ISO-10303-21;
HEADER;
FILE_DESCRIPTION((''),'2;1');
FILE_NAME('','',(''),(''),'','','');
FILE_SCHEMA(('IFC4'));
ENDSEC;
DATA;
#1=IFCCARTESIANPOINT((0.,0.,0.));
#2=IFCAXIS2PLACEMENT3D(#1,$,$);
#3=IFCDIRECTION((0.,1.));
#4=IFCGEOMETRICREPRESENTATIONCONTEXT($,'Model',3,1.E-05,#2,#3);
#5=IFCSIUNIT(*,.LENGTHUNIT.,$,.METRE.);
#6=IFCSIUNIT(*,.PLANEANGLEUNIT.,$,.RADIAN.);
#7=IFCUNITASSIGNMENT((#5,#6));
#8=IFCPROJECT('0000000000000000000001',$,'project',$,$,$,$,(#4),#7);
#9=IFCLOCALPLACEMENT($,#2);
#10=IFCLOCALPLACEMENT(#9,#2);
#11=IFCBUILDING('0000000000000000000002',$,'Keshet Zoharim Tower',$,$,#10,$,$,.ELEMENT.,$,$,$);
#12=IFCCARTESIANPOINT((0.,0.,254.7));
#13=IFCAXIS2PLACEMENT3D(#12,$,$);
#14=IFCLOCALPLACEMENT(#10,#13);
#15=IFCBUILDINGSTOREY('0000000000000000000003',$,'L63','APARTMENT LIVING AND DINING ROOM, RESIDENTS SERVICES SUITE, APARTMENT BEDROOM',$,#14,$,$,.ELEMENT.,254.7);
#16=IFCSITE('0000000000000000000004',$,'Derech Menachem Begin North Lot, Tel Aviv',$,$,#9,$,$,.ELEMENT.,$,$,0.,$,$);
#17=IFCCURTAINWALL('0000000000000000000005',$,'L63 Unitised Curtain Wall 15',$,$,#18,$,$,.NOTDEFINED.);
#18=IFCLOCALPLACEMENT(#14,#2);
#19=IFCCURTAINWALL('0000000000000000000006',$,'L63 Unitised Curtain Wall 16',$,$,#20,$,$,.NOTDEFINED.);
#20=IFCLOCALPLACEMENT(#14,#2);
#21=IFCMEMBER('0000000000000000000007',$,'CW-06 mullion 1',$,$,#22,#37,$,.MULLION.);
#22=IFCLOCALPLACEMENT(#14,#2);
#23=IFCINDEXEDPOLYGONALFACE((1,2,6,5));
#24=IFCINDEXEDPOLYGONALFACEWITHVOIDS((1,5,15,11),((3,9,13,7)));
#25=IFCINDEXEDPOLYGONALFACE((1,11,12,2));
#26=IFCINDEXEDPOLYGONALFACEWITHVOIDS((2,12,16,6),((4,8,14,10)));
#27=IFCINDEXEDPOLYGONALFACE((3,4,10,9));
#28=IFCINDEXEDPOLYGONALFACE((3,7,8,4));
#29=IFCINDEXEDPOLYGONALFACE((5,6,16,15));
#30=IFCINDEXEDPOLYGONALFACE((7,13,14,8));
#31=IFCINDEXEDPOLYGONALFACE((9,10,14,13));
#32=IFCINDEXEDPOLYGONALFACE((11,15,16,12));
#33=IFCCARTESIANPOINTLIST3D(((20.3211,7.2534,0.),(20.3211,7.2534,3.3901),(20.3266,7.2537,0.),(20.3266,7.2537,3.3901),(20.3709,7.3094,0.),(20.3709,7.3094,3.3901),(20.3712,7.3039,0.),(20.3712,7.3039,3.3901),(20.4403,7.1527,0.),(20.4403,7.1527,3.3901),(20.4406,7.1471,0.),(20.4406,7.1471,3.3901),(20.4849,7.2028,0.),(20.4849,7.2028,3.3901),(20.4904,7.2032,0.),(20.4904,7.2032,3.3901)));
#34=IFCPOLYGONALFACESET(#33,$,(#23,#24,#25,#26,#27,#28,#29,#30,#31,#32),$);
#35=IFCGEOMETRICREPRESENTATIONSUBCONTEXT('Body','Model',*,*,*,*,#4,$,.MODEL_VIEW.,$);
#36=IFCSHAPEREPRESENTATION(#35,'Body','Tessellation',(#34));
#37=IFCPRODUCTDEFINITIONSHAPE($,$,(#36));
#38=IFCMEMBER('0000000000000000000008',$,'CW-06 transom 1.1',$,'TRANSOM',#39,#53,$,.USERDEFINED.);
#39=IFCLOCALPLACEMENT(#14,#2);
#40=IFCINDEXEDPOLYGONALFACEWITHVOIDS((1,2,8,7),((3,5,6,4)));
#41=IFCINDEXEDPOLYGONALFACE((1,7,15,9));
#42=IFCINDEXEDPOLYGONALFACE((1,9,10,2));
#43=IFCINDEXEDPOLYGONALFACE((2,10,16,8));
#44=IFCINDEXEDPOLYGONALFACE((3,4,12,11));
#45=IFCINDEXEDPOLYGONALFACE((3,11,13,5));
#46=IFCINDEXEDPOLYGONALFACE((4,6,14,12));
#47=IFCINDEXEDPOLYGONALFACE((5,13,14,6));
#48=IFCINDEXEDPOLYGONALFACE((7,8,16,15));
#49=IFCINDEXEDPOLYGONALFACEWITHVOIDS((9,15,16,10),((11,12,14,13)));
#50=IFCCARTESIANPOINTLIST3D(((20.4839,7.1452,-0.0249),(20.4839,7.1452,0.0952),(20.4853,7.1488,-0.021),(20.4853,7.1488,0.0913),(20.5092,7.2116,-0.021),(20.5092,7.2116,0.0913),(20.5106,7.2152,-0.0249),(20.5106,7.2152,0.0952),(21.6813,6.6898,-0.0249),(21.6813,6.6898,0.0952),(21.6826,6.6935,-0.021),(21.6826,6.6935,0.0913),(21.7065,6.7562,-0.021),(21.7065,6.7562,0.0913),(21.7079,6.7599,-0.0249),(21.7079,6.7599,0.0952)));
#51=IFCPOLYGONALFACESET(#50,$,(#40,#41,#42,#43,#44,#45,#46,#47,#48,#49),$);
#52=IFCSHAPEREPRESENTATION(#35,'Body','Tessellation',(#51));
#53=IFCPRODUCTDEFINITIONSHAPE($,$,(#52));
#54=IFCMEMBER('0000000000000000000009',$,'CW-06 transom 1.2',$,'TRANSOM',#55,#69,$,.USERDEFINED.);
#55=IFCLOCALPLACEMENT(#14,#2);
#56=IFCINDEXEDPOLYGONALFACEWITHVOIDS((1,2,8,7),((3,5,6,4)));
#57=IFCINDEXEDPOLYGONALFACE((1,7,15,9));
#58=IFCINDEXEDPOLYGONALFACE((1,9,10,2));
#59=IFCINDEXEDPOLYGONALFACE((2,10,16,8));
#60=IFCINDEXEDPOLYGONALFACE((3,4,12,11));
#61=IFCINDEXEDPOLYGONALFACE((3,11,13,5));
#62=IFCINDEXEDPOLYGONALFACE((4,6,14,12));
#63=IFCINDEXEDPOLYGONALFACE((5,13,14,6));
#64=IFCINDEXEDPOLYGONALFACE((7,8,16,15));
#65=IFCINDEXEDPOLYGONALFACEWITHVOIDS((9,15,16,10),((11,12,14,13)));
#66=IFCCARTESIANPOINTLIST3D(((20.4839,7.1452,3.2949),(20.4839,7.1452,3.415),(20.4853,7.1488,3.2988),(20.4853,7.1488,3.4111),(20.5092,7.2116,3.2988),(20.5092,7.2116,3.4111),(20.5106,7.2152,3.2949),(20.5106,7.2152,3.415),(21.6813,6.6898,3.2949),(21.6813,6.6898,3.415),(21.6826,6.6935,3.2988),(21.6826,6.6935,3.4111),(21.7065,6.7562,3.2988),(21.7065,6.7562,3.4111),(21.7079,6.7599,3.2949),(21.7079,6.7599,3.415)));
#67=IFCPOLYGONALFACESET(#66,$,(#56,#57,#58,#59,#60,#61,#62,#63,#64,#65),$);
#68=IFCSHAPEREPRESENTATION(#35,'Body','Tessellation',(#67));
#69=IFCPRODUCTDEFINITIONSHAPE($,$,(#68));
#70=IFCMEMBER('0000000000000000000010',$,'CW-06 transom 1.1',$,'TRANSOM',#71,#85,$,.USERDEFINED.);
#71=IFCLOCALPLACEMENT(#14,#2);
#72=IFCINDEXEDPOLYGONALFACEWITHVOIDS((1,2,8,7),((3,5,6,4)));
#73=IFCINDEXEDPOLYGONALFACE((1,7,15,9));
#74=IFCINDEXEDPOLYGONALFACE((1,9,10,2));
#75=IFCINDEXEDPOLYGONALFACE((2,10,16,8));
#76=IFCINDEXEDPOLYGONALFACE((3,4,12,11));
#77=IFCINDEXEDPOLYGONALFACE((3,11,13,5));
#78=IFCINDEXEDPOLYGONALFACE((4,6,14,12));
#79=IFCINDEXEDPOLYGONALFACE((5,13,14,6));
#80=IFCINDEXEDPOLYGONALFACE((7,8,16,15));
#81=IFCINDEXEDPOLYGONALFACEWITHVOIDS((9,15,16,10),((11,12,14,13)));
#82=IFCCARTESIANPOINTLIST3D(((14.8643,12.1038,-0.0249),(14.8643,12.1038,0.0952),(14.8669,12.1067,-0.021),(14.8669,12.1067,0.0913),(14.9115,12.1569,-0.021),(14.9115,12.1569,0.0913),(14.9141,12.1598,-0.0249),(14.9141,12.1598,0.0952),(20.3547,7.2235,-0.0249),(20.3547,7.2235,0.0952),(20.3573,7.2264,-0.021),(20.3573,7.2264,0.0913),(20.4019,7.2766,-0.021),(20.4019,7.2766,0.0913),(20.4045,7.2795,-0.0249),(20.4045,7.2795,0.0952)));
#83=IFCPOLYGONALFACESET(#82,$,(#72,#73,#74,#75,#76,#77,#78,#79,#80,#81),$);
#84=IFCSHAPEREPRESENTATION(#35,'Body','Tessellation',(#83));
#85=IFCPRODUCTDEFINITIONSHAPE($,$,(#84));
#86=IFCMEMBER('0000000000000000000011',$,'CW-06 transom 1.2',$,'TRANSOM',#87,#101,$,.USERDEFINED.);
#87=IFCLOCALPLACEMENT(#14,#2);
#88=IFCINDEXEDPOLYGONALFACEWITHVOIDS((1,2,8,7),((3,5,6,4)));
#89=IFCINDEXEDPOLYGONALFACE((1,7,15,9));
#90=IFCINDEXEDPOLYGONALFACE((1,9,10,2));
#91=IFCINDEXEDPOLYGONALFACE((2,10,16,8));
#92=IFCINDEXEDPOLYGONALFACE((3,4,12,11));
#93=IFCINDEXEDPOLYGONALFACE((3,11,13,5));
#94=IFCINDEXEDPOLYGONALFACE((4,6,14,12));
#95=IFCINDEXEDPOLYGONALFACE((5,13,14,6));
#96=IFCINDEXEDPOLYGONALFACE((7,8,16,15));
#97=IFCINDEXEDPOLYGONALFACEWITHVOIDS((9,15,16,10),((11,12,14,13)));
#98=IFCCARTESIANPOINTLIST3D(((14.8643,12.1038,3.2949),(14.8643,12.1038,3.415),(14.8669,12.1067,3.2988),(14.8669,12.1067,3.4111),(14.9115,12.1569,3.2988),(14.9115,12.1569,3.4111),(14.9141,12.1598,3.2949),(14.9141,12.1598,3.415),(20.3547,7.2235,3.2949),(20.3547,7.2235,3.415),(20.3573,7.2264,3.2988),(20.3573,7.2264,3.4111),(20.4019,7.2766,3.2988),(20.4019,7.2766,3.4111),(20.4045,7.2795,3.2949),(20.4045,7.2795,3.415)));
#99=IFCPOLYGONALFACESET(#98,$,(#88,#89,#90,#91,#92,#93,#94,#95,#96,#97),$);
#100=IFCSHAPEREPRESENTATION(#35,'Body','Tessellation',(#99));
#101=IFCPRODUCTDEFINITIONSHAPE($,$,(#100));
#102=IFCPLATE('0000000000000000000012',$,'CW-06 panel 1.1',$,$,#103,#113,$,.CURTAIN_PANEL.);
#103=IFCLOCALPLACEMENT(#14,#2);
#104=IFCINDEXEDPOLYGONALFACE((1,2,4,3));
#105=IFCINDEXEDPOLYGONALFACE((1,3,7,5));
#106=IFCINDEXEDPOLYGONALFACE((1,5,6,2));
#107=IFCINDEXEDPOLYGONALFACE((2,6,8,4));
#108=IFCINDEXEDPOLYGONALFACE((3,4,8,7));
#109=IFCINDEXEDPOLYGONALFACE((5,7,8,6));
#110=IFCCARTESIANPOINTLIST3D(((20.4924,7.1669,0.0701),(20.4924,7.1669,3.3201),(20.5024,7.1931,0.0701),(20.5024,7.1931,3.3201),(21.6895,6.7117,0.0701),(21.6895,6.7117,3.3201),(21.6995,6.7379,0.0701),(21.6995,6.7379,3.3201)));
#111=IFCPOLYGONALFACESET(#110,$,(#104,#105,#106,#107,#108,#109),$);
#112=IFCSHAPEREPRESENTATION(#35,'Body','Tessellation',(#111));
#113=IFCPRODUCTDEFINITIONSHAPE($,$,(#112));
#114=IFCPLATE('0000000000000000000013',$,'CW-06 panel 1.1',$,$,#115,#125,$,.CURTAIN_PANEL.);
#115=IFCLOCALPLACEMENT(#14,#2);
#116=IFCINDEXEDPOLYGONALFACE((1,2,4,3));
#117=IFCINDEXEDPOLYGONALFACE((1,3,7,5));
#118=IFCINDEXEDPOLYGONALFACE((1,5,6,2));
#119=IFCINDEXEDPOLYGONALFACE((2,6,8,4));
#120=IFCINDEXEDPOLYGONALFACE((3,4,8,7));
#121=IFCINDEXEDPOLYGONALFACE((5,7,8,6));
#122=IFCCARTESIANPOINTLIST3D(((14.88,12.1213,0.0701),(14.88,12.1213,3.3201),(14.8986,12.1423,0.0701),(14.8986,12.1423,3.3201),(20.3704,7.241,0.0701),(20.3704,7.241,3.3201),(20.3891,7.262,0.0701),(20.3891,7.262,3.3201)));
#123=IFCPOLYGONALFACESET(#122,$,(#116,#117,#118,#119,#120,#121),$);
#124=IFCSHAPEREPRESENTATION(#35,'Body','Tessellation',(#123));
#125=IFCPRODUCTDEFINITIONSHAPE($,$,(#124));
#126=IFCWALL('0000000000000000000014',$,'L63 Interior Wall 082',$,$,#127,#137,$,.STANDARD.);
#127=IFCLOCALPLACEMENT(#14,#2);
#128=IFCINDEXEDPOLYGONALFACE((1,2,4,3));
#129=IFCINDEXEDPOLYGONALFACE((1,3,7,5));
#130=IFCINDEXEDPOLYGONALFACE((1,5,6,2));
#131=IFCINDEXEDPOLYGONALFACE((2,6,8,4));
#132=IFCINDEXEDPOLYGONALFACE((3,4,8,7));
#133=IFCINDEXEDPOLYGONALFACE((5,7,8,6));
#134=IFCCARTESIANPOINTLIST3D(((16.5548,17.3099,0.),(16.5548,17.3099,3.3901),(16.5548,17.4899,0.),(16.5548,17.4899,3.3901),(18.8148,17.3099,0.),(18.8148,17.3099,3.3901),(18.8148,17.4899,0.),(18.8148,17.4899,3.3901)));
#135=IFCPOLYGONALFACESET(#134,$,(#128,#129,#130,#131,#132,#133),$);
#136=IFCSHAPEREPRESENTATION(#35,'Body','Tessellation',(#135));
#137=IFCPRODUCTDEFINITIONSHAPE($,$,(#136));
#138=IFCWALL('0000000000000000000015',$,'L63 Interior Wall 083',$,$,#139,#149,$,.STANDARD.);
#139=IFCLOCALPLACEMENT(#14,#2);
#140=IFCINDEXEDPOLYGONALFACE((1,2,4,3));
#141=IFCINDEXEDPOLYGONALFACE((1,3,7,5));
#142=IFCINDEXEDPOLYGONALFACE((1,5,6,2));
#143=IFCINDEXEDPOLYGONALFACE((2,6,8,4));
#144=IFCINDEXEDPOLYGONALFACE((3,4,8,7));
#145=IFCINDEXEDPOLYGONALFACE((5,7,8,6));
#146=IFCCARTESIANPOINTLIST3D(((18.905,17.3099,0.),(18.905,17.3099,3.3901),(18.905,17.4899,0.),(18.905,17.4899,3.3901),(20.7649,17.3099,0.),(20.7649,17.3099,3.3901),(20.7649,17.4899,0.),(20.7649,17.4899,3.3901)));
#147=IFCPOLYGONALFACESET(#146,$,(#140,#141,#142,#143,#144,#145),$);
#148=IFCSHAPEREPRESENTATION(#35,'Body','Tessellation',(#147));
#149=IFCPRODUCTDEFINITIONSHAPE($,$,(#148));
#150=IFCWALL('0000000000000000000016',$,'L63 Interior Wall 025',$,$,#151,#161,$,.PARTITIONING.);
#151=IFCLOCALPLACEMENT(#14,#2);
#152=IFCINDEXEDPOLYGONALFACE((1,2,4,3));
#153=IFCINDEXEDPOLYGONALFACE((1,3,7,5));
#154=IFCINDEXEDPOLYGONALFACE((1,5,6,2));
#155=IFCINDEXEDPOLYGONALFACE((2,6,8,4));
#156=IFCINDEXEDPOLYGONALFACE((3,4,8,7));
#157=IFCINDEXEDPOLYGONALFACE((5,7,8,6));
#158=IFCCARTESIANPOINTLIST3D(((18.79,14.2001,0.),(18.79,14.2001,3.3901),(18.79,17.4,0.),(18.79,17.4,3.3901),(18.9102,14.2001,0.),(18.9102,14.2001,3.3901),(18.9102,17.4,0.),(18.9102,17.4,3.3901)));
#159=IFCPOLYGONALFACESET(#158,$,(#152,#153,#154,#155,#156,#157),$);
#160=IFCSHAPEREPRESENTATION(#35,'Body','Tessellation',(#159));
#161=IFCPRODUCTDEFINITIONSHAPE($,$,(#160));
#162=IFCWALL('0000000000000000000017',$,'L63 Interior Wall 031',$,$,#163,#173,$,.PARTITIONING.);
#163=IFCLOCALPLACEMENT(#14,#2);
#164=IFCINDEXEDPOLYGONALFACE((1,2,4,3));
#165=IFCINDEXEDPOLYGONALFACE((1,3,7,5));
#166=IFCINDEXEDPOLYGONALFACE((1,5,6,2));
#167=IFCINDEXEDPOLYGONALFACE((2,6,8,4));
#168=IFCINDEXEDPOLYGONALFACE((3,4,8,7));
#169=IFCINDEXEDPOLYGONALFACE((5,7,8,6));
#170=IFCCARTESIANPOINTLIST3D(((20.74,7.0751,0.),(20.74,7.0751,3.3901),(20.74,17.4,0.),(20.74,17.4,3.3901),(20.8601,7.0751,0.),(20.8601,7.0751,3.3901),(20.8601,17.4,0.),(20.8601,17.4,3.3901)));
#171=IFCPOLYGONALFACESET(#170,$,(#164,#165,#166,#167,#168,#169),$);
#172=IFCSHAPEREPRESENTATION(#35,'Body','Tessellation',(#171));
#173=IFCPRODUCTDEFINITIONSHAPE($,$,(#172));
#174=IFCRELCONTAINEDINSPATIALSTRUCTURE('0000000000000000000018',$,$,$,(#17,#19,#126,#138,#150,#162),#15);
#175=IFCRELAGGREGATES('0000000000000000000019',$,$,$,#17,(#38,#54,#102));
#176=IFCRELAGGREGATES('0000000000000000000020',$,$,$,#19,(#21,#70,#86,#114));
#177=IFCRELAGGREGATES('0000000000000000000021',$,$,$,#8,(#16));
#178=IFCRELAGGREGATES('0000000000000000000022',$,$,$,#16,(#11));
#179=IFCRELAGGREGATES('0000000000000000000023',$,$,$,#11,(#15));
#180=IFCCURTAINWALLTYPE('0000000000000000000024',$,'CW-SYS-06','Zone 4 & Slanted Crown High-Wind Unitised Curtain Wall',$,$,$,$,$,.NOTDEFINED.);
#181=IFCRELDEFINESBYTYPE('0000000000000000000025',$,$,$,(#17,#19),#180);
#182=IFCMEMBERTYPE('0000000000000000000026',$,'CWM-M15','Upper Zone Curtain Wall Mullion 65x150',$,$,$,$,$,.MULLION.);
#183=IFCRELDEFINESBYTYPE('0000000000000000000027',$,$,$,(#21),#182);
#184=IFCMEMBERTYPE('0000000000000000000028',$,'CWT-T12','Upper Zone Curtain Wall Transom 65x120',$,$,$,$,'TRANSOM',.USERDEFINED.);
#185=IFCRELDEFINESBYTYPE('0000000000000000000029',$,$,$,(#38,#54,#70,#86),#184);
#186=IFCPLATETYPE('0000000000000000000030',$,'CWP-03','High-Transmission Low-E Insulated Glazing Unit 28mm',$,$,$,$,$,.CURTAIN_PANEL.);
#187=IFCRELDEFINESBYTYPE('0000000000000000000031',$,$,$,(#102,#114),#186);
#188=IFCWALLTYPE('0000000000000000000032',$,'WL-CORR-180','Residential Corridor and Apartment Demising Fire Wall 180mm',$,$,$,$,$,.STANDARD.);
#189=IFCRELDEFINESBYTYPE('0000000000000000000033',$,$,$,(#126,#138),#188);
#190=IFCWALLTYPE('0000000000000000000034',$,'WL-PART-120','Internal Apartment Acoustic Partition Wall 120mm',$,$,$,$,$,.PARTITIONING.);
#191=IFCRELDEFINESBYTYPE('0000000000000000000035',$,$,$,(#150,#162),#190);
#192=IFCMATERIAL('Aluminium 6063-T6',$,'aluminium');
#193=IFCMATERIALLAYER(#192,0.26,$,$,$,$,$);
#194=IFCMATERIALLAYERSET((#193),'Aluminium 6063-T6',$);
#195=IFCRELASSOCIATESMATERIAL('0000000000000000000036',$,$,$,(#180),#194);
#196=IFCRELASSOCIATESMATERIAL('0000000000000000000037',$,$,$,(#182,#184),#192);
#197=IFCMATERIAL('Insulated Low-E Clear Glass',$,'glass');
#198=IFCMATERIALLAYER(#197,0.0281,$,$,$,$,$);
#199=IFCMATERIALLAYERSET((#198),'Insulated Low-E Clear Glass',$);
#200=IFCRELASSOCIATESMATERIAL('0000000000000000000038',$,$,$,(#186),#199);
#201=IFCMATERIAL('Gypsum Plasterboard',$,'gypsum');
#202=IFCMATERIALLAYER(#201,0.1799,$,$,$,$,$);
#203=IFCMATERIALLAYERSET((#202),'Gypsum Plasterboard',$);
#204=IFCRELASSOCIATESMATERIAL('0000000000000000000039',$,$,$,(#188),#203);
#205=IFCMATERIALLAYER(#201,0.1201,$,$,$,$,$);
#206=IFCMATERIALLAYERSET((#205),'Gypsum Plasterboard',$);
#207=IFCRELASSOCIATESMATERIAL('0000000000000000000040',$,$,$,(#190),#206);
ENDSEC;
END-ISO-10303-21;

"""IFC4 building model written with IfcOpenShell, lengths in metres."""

from ifc_helpers import new_model, si_unit, direction, frame, frame_2d, origin, origin_2d, place, context, subcontext, project, spatial, rectangle, hollow_rectangle, extrude, material, layer, layer_set, material_profile, profile_set, type_object, element, aggregate, save


model = new_model("IFC4")

# Units and contexts
model_context = context("Model", 3, precision=1e-05, world=origin(), true_north=direction((0.0, 1.0)))
body_context = subcontext(model_context, "Body", "Model", "MODEL_VIEW")
ifc_project = project(units=[si_unit("LENGTHUNIT", "METRE"), si_unit("PLANEANGLEUNIT", "RADIAN")], contexts=[model_context])

# Site, building, storey
site_placement = place(None, origin())
site = spatial("IfcSite", under=ifc_project, at=site_placement, Name="Derech Menachem Begin North Lot, Tel Aviv", CompositionType="ELEMENT", RefElevation=0.0)
building_placement = place(site_placement, origin())
building = spatial("IfcBuilding", under=site, at=building_placement, Name="Keshet Zoharim Tower", CompositionType="ELEMENT")
storey_placement = place(building_placement, frame((0.0, 0.0, 254.7)))
storey = spatial("IfcBuildingStorey", under=building, at=storey_placement, Name="L63", Description="APARTMENT LIVING AND DINING ROOM, RESIDENTS SERVICES SUITE, APARTMENT BEDROOM", CompositionType="ELEMENT", Elevation=254.7)

# Curtain wall
ifc_material_1 = material(Name="Aluminium 6063-T6", Category="aluminium")
ifc_layer_1 = layer(ifc_material_1, 0.26)
ifc_layer_set_1 = layer_set([ifc_layer_1], Name="Aluminium 6063-T6")
curtain_wall_type = type_object("IfcCurtainWallType", Name="CW-SYS-06", Description="Zone 4 & Slanted Crown High-Wind Unitised Curtain Wall", PredefinedType="NOTDEFINED", material=ifc_layer_set_1)
curtain_wall_1_placement = place(storey_placement, origin())
curtain_wall_1 = element("IfcCurtainWall", 1, at=curtain_wall_1_placement, inside=storey, type_object=curtain_wall_type, Name="L63 Unitised Curtain Wall 15", PredefinedType="NOTDEFINED")
ifc_material_profile_1 = material_profile(ifc_material_1, hollow_rectangle(XDim=0.075, YDim=0.1599, WallThickness=0.0039, at=origin_2d()), Name="MUL-75x160")
ifc_profile_set_1 = profile_set([ifc_material_profile_1], Name="Aluminium 6063-T6")
member_type_1 = type_object("IfcMemberType", Name="CWM-M15", Description="Upper Zone Curtain Wall Mullion 65x150", PredefinedType="MULLION", material=ifc_profile_set_1)

# Curtain wall, member
curtain_wall_2_placement = place(storey_placement, origin())
curtain_wall_2 = element("IfcCurtainWall", 2, at=curtain_wall_2_placement, inside=storey, type_object=curtain_wall_type, Name="L63 Unitised Curtain Wall 16", PredefinedType="NOTDEFINED")
member_1_placement = place(storey_placement, frame((20.4058, 7.2283, 0.0), z_axis=(0.0, 0.0, 1.0), x_axis=(-0.664362, -0.747411, 0.0)))
member_1 = element("IfcMember", 3, at=member_1_placement, type_object=member_type_1, Name="CW-06 mullion 1", PredefinedType="MULLION", context=body_context, shape_type="SweptSolid", body=[
    extrude(hollow_rectangle(XDim=0.075, YDim=0.1599, WallThickness=0.0039, at=origin_2d()), origin(), (0.0, 0.0, 1.0), 3.3901),
])

# Members
ifc_material_profile_2 = material_profile(ifc_material_1, hollow_rectangle(XDim=0.075, YDim=0.1201, WallThickness=0.0039, at=origin_2d()), Name="TRN-75x120")
ifc_profile_set_2 = profile_set([ifc_material_profile_2], Name="Aluminium 6063-T6")
member_type_2 = type_object("IfcMemberType", Name="CWT-T12", Description="Upper Zone Curtain Wall Transom 65x120", ElementType="TRANSOM", PredefinedType="USERDEFINED", material=ifc_profile_set_2)
member_2_placement = place(storey_placement, frame((21.6946, 6.7249, 0.0352), z_axis=(-0.93469, 0.355464, 0.0), x_axis=(-0.355464, -0.93469, 0.0)))
member_2 = element("IfcMember", 4, at=member_2_placement, type_object=member_type_2, Name="CW-06 transom 1.1", ObjectType="TRANSOM", PredefinedType="USERDEFINED", context=body_context, shape_type="SweptSolid", body=[
    extrude(hollow_rectangle(XDim=0.075, YDim=0.1201, WallThickness=0.0039, at=origin_2d()), origin(), (0.0, 0.0, 1.0), 1.281),
])
member_3_placement = place(storey_placement, frame((21.6946, 6.7249, 3.355), z_axis=(-0.93469, 0.355464, 0.0), x_axis=(-0.355464, -0.93469, 0.0)))
member_3 = element("IfcMember", 5, at=member_3_placement, type_object=member_type_2, Name="CW-06 transom 1.2", ObjectType="TRANSOM", PredefinedType="USERDEFINED", context=body_context, shape_type="SweptSolid", body=[
    extrude(hollow_rectangle(XDim=0.075, YDim=0.1201, WallThickness=0.0039, at=origin_2d()), origin(), (0.0, 0.0, 1.0), 1.281),
])
member_4_placement = place(storey_placement, frame((20.3796, 7.2515, 0.0352), z_axis=(-0.747413, 0.66436, 0.0), x_axis=(-0.66436, -0.747413, 0.0)))
member_4 = element("IfcMember", 6, at=member_4_placement, type_object=member_type_2, Name="CW-06 transom 1.1", ObjectType="TRANSOM", PredefinedType="USERDEFINED", context=body_context, shape_type="SweptSolid", body=[
    extrude(hollow_rectangle(XDim=0.075, YDim=0.1201, WallThickness=0.0039, at=origin_2d()), origin(), (0.0, 0.0, 1.0), 7.3459),
])
member_5_placement = place(storey_placement, frame((20.3796, 7.2515, 3.355), z_axis=(-0.747413, 0.66436, 0.0), x_axis=(-0.66436, -0.747413, 0.0)))
member_5 = element("IfcMember", 7, at=member_5_placement, type_object=member_type_2, Name="CW-06 transom 1.2", ObjectType="TRANSOM", PredefinedType="USERDEFINED", context=body_context, shape_type="SweptSolid", body=[
    extrude(hollow_rectangle(XDim=0.075, YDim=0.1201, WallThickness=0.0039, at=origin_2d()), origin(), (0.0, 0.0, 1.0), 7.3459),
])

# Plates
ifc_material_2 = material(Name="Insulated Low-E Clear Glass", Category="glass")
ifc_layer_2 = layer(ifc_material_2, 0.0281)
ifc_layer_set_2 = layer_set([ifc_layer_2], Name="Insulated Low-E Clear Glass")
plate_type = type_object("IfcPlateType", Name="CWP-03", Description="High-Transmission Low-E Insulated Glazing Unit 28mm", PredefinedType="CURTAIN_PANEL", material=ifc_layer_set_2)
plate_1_placement = place(storey_placement, frame((21.0959, 6.9524, 0.0701), z_axis=(0.0, 0.0, 1.0), x_axis=(-0.934699, 0.355439, 0.0)))
plate_1 = element("IfcPlate", 8, at=plate_1_placement, type_object=plate_type, Name="CW-06 panel 1.1", PredefinedType="CURTAIN_PANEL", context=body_context, shape_type="SweptSolid", body=[
    extrude(rectangle(XDim=1.2808, YDim=0.0281, at=origin_2d()), origin(), (0.0, 0.0, 1.0), 3.25),
])
aggregate(curtain_wall_1, [member_2, member_3, plate_1])
plate_2_placement = place(storey_placement, frame((17.6345, 9.6917, 0.0701), z_axis=(0.0, 0.0, 1.0), x_axis=(-0.747411, 0.664362, 0.0)))
plate_2 = element("IfcPlate", 9, at=plate_2_placement, type_object=plate_type, Name="CW-06 panel 1.1", PredefinedType="CURTAIN_PANEL", context=body_context, shape_type="SweptSolid", body=[
    extrude(rectangle(XDim=7.3459, YDim=0.0281, at=origin_2d()), origin(), (0.0, 0.0, 1.0), 3.25),
])
aggregate(curtain_wall_2, [member_1, member_4, member_5, plate_2])

# Walls
ifc_material_3 = material(Name="Gypsum Plasterboard", Category="gypsum")
ifc_layer_3 = layer(ifc_material_3, 0.1799)
ifc_layer_set_3 = layer_set([ifc_layer_3], Name="Gypsum Plasterboard")
wall_type_1 = type_object("IfcWallType", Name="WL-CORR-180", Description="Residential Corridor and Apartment Demising Fire Wall 180mm", PredefinedType="STANDARD", material=ifc_layer_set_3)
wall_1_placement = place(storey_placement, frame((16.5549, 17.3999, 0.0), z_axis=(0.0, 0.0, 1.0), x_axis=(1.0, 0.0, 0.0)))
element("IfcWall", 10, at=wall_1_placement, inside=storey, type_object=wall_type_1, Name="L63 Interior Wall 082", PredefinedType="STANDARD", context=body_context, shape_type="SweptSolid", body=[
    extrude(rectangle(XDim=2.26, YDim=0.1799, at=frame_2d((1.1299, 0.0))), origin(), (0.0, 0.0, 1.0), 3.3901),
])
wall_2_placement = place(storey_placement, frame((18.905, 17.3999, 0.0), z_axis=(0.0, 0.0, 1.0), x_axis=(1.0, 0.0, 0.0)))
element("IfcWall", 11, at=wall_2_placement, inside=storey, type_object=wall_type_1, Name="L63 Interior Wall 083", PredefinedType="STANDARD", context=body_context, shape_type="SweptSolid", body=[
    extrude(rectangle(XDim=1.8599, YDim=0.1799, at=frame_2d((0.9299, 0.0))), origin(), (0.0, 0.0, 1.0), 3.3901),
])

# Shared definitions
ifc_layer_4 = layer(ifc_material_3, 0.1201)
ifc_layer_set_4 = layer_set([ifc_layer_4], Name="Gypsum Plasterboard")
wall_type_2 = type_object("IfcWallType", Name="WL-PART-120", Description="Internal Apartment Acoustic Partition Wall 120mm", PredefinedType="PARTITIONING", material=ifc_layer_set_4)

# Walls
wall_3_placement = place(storey_placement, frame((18.8501, 14.2, 0.0), z_axis=(0.0, 0.0, 1.0), x_axis=(0.0, 1.0, 0.0)))
element("IfcWall", 12, at=wall_3_placement, inside=storey, type_object=wall_type_2, Name="L63 Interior Wall 025", PredefinedType="PARTITIONING", context=body_context, shape_type="SweptSolid", body=[
    extrude(rectangle(XDim=3.2, YDim=0.1201, at=frame_2d((1.6001, 0.0))), origin(), (0.0, 0.0, 1.0), 3.3901),
])
wall_4_placement = place(storey_placement, frame((20.8, 7.075, 0.0), z_axis=(0.0, 0.0, 1.0), x_axis=(0.0, 1.0, 0.0)))
element("IfcWall", 13, at=wall_4_placement, inside=storey, type_object=wall_type_2, Name="L63 Interior Wall 031", PredefinedType="PARTITIONING", context=body_context, shape_type="SweptSolid", body=[
    extrude(rectangle(XDim=10.325, YDim=0.1201, at=frame_2d((5.1626, 0.0))), origin(), (0.0, 0.0, 1.0), 3.3901),
])

save(model, "model.ifc")
